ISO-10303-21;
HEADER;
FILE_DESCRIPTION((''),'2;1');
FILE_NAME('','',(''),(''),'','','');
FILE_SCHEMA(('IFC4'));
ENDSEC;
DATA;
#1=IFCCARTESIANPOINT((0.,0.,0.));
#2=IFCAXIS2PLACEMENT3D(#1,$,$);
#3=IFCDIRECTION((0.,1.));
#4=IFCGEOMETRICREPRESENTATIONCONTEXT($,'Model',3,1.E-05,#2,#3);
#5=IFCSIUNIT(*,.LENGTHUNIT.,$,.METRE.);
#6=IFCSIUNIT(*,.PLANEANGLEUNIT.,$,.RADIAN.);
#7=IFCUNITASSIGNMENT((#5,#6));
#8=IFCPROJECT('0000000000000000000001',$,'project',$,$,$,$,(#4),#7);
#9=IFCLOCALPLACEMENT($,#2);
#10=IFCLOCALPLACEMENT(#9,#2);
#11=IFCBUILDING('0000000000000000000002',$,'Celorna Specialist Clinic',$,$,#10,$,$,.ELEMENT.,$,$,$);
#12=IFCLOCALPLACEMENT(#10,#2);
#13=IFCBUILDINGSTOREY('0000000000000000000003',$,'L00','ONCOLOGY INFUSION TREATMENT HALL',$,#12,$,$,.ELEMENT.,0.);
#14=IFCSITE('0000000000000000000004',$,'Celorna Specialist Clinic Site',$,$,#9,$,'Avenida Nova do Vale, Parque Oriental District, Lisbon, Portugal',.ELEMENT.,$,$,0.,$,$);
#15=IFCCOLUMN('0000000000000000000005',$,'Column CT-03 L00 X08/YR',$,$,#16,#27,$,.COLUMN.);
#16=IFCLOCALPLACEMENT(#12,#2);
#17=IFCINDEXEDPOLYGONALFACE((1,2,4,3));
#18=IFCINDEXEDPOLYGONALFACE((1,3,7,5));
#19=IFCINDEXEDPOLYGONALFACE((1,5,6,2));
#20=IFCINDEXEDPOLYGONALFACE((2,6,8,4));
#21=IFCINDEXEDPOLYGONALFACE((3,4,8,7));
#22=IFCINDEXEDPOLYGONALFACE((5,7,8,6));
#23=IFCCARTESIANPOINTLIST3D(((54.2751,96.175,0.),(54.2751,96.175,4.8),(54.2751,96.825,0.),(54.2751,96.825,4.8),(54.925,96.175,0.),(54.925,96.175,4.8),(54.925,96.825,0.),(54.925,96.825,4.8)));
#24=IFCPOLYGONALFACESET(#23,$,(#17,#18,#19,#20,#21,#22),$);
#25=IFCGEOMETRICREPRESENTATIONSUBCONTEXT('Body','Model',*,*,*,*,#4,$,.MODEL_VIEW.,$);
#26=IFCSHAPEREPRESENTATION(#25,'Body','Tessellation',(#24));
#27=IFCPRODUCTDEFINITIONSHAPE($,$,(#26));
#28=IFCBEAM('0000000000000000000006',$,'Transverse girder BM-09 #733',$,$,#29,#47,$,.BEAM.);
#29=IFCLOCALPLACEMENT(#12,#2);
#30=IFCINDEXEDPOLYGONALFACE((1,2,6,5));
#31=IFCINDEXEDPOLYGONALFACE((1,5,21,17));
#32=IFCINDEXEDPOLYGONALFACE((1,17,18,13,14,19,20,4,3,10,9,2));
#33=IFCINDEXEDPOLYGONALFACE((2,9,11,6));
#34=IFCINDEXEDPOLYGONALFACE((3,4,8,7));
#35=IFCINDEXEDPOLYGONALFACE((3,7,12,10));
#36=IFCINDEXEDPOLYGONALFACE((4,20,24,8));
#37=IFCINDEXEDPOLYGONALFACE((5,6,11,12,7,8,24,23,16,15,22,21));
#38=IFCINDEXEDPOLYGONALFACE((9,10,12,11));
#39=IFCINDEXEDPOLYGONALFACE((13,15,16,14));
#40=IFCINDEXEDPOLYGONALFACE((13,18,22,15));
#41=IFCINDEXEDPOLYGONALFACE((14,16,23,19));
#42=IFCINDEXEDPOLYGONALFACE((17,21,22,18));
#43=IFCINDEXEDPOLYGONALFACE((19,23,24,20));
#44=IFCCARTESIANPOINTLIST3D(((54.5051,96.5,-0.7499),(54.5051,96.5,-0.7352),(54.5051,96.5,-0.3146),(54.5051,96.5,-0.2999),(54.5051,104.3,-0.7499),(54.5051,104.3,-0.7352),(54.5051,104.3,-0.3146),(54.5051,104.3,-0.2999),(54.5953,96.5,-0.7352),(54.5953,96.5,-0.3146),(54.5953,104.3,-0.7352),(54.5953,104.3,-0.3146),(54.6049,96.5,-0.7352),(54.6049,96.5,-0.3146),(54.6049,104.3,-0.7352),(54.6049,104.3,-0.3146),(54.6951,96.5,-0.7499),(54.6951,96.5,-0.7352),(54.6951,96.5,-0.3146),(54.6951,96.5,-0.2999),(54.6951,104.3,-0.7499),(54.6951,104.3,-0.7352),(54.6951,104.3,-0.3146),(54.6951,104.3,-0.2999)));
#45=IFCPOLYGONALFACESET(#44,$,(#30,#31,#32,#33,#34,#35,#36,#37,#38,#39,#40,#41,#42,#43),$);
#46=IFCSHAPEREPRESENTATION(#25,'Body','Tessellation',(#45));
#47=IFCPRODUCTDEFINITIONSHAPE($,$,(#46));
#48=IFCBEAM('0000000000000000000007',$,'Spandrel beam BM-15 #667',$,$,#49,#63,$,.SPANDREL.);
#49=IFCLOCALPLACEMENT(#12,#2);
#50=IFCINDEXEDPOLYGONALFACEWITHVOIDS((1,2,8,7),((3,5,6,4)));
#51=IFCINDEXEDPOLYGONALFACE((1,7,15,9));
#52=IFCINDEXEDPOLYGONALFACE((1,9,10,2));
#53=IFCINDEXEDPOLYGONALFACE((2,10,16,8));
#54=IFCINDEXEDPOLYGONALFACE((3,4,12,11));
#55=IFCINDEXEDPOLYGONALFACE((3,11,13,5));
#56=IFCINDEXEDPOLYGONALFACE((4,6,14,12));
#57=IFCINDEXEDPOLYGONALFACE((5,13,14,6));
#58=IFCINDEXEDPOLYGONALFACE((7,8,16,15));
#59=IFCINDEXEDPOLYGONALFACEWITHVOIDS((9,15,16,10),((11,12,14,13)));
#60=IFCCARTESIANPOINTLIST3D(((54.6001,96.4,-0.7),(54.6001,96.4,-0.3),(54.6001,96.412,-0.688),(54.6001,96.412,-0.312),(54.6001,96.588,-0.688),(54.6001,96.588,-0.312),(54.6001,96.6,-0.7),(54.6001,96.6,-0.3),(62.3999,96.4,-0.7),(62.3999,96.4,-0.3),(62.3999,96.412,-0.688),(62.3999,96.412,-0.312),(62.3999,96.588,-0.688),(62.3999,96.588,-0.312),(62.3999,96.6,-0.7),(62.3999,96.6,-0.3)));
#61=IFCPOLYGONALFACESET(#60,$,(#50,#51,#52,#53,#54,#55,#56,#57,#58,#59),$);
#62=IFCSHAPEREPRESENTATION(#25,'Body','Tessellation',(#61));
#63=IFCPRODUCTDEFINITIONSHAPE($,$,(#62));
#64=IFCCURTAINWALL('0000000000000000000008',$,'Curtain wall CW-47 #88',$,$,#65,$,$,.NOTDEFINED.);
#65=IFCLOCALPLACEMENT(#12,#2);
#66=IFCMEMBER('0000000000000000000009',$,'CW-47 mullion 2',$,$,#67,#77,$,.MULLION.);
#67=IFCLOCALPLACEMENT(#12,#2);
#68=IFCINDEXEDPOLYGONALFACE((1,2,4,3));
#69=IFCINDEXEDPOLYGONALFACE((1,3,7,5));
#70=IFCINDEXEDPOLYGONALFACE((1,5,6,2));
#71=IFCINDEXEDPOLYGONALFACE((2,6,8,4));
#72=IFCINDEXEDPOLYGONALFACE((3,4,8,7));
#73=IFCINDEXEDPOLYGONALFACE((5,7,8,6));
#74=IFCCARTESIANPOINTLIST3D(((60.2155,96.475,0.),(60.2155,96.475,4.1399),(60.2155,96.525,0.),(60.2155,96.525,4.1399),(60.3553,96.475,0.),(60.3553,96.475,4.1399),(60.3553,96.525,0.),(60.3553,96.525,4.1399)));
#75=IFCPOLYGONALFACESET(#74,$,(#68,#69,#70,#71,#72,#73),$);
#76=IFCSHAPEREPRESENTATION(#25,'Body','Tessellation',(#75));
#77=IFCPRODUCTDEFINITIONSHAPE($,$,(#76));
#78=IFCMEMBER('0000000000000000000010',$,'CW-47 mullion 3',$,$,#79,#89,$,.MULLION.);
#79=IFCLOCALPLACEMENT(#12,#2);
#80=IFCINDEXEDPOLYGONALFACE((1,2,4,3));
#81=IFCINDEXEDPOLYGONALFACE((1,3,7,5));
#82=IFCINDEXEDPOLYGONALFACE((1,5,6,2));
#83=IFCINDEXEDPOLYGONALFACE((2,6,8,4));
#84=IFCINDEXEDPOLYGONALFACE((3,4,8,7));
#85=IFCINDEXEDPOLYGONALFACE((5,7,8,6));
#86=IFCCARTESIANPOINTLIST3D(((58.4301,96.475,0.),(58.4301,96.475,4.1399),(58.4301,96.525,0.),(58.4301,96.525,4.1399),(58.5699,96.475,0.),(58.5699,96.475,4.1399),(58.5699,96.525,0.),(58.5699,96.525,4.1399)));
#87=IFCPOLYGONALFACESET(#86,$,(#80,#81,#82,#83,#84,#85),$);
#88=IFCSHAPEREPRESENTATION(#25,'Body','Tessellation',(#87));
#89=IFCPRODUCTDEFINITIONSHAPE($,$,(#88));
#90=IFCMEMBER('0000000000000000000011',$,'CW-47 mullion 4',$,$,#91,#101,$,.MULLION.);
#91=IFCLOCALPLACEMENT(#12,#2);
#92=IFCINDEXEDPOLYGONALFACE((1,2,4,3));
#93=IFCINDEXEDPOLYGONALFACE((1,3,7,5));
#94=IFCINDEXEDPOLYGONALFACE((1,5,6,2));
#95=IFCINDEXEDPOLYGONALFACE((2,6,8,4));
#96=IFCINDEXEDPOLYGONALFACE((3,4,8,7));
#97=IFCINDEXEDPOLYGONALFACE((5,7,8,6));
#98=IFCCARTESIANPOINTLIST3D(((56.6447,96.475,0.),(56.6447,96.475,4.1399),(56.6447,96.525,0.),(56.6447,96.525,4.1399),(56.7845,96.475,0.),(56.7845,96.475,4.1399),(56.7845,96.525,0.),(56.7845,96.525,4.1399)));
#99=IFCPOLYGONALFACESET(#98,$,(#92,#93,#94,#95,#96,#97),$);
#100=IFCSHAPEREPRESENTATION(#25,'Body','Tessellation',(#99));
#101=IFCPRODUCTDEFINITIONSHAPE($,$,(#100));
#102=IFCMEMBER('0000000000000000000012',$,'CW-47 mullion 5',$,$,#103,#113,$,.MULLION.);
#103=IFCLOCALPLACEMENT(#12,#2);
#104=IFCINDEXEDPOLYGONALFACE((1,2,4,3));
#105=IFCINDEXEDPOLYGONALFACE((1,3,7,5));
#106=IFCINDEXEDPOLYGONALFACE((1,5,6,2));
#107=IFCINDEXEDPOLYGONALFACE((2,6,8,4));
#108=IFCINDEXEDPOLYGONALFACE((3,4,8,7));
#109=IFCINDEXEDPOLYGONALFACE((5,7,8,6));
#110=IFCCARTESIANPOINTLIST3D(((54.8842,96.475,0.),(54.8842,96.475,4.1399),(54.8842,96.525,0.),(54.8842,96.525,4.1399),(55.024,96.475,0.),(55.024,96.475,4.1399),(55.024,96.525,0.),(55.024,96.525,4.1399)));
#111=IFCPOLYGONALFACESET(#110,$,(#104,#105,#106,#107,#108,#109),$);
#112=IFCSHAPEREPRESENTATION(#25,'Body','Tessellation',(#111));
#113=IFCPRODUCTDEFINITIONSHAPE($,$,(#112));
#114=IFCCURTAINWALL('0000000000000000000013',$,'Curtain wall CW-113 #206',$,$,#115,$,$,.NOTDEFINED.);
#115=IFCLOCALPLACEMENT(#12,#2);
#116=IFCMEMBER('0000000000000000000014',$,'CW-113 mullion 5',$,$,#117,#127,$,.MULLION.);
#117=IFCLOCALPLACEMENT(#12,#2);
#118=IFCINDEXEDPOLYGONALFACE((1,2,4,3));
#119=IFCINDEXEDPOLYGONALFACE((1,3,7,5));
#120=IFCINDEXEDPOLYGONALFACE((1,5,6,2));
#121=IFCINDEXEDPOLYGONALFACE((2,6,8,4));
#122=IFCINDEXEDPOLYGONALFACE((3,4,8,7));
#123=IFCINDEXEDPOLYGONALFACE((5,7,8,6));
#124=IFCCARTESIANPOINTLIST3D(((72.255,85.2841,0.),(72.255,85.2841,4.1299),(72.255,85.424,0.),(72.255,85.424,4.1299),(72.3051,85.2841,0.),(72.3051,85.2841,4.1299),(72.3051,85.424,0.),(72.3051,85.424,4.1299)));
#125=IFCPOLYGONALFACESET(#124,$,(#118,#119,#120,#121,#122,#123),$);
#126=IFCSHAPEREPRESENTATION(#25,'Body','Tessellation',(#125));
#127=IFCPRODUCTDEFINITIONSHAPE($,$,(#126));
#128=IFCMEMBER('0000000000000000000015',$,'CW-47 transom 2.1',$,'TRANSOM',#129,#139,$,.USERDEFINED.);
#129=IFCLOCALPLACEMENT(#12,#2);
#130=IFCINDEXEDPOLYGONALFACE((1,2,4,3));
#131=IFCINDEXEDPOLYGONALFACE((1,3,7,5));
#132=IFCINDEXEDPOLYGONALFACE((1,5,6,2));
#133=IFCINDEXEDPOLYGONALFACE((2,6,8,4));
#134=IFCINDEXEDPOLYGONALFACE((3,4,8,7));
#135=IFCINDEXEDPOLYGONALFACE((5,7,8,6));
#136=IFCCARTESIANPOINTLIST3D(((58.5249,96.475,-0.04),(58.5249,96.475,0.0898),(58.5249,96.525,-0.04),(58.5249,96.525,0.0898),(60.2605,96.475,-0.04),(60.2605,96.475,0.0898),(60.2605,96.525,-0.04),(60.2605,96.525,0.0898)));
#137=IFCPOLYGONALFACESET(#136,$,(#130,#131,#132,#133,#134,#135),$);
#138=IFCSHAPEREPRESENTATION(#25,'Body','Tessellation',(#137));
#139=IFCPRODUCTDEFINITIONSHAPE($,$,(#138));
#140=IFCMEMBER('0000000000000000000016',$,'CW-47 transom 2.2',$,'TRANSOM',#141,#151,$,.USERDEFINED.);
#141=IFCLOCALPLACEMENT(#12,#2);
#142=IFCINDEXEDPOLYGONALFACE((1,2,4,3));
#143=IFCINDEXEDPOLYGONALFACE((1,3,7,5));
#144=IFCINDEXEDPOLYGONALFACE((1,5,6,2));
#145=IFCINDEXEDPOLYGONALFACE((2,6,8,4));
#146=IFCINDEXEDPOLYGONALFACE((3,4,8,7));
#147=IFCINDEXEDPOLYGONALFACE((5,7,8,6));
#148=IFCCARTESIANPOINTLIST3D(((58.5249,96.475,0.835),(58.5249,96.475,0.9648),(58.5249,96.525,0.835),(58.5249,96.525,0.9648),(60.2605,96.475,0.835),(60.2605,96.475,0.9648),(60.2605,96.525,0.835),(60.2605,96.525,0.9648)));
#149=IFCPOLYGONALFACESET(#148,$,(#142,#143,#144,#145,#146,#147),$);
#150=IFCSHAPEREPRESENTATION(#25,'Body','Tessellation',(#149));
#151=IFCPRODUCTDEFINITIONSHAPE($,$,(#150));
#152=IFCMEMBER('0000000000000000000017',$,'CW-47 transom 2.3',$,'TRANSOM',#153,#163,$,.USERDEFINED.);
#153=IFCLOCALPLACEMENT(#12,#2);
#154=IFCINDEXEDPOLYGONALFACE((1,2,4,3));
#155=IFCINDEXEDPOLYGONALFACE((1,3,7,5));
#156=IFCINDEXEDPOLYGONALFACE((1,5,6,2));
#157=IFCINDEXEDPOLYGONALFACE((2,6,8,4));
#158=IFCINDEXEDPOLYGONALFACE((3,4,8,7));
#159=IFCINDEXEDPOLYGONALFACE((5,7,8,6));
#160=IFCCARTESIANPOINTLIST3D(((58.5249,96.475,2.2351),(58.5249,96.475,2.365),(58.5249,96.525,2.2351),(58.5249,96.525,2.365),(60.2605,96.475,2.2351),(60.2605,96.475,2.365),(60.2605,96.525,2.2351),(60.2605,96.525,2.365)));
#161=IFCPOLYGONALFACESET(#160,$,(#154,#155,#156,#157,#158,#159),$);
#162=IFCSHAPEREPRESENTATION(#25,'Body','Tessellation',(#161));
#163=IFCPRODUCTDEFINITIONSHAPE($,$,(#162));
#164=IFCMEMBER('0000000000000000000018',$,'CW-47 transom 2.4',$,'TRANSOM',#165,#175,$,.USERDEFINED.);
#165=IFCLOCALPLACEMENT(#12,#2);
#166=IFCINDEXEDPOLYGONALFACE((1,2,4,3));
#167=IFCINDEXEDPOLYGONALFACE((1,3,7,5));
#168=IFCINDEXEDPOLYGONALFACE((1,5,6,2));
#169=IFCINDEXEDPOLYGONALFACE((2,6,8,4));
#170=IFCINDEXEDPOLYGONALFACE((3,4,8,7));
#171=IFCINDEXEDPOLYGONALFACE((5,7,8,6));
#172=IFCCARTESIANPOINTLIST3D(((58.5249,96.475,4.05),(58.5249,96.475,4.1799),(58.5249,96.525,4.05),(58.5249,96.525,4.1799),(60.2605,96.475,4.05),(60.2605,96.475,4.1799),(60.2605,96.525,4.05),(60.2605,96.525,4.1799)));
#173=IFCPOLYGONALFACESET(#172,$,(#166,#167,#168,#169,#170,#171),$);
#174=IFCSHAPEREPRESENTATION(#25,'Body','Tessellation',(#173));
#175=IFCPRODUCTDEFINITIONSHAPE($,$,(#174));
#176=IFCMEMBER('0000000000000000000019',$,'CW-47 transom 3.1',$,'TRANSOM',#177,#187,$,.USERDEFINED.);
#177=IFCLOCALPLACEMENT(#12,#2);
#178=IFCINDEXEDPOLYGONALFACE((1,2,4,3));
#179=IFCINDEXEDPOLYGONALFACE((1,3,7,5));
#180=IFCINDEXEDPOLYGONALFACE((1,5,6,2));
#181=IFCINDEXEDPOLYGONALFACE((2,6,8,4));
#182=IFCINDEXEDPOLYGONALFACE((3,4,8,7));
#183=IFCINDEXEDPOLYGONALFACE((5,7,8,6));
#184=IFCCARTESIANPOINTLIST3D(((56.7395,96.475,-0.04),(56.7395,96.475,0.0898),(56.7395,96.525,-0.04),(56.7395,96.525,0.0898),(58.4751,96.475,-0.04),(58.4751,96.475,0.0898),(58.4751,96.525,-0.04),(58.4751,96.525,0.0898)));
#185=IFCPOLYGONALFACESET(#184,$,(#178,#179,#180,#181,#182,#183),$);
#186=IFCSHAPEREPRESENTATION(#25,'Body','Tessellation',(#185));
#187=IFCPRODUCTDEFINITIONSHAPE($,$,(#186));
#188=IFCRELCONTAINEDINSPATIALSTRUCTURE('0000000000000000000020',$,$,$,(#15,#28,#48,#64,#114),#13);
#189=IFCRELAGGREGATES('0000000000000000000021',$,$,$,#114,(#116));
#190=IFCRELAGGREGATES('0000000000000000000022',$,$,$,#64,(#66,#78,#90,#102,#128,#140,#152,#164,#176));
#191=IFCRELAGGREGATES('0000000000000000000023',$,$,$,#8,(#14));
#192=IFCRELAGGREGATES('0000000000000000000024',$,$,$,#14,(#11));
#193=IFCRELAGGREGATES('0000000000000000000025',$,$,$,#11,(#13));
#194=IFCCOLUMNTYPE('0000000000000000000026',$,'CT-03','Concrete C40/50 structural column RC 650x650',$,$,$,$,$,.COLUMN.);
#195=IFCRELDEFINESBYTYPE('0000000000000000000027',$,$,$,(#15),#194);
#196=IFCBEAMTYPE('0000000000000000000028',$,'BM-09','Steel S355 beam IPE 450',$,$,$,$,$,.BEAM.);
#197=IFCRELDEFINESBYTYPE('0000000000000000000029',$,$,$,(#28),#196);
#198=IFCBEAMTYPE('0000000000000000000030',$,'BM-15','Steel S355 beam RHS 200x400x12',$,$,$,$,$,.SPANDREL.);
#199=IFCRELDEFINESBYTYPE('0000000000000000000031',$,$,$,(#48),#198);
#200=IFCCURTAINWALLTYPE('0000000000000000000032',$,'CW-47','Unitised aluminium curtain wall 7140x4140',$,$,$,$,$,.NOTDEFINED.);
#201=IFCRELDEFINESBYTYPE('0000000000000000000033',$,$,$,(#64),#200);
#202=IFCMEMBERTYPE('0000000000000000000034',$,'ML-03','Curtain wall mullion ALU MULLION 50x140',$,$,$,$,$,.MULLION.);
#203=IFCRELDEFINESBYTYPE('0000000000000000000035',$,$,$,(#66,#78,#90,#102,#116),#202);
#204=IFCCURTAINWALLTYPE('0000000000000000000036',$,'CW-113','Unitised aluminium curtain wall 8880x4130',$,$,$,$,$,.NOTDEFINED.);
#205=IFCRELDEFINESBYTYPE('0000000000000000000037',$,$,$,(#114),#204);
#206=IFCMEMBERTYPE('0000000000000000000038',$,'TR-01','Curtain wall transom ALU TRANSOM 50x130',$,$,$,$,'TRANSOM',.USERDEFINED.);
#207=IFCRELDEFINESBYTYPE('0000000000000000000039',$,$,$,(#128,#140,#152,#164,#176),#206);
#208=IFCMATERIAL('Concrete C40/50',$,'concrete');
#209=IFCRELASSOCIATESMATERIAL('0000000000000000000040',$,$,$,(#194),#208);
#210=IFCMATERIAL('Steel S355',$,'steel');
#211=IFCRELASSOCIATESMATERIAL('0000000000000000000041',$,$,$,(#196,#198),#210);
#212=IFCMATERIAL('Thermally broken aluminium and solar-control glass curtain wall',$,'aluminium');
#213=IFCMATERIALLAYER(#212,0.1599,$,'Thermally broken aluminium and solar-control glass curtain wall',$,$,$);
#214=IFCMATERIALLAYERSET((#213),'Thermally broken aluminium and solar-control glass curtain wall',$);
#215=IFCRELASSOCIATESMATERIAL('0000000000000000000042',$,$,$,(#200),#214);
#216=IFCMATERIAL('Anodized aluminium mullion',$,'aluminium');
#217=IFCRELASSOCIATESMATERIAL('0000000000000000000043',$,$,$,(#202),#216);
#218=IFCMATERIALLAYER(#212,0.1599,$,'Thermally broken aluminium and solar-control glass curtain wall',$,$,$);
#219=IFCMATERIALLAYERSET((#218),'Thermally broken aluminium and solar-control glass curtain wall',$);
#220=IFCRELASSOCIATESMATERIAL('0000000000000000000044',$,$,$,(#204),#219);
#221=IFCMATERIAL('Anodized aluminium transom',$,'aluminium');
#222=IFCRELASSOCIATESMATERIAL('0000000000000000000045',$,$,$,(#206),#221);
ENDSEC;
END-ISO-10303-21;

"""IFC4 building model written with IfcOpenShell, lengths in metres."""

from ifc_helpers import new_model, si_unit, direction, frame, origin, origin_2d, place, context, subcontext, project, spatial, rectangle, hollow_rectangle, i_section, extrude, material, layer, layer_set, material_profile, profile_set, type_object, element, aggregate, save


model = new_model("IFC4")

# Units and contexts
model_context = context("Model", 3, precision=1e-05, world=origin(), true_north=direction((0.0, 1.0)))
body_context = subcontext(model_context, "Body", "Model", "MODEL_VIEW")
ifc_project = project(units=[si_unit("LENGTHUNIT", "METRE"), si_unit("PLANEANGLEUNIT", "RADIAN")], contexts=[model_context])

# Site, building, storey
site_placement = place(None, origin())
site = spatial("IfcSite", under=ifc_project, at=site_placement, Name="Celorna Specialist Clinic Site", LongName="Avenida Nova do Vale, Parque Oriental District, Lisbon, Portugal", CompositionType="ELEMENT", RefElevation=0.0)
building_placement = place(site_placement, origin())
building = spatial("IfcBuilding", under=site, at=building_placement, Name="Celorna Specialist Clinic", CompositionType="ELEMENT")
storey_placement = place(building_placement, origin())
storey = spatial("IfcBuildingStorey", under=building, at=storey_placement, Name="L00", Description="ONCOLOGY INFUSION TREATMENT HALL", CompositionType="ELEMENT", Elevation=0.0)

# Column
ifc_material_1 = material(Name="Concrete C40/50", Category="concrete")
ifc_material_profile_1 = material_profile(ifc_material_1, rectangle(XDim=0.6499, YDim=0.6499, at=origin_2d()), Name="RC 650x650")
ifc_profile_set_1 = profile_set([ifc_material_profile_1], Name="Concrete C40/50")
column_type = type_object("IfcColumnType", Name="CT-03", Description="Concrete C40/50 structural column RC 650x650", PredefinedType="COLUMN", material=ifc_profile_set_1)
column_placement = place(storey_placement, frame((54.6001, 96.5, 0.0), z_axis=(0.0, 0.0, 1.0), x_axis=(1.0, 0.0, 0.0)))
element("IfcColumn", 1, at=column_placement, inside=storey, type_object=column_type, Name="Column CT-03 L00 X08/YR", PredefinedType="COLUMN", context=body_context, shape_type="SweptSolid", body=[
    extrude(rectangle(XDim=0.6499, YDim=0.6499, at=origin_2d()), origin(), (0.0, 0.0, 1.0), 4.8),
])

# Beams
ifc_material_2 = material(Name="Steel S355", Category="steel")
ifc_material_profile_2 = material_profile(ifc_material_2, i_section(OverallWidth=0.1899, OverallDepth=0.45, WebThickness=0.0095, FlangeThickness=0.0146, at=origin_2d()), Name="IPE 450")
ifc_profile_set_2 = profile_set([ifc_material_profile_2], Name="Steel S355")
beam_type_1 = type_object("IfcBeamType", Name="BM-09", Description="Steel S355 beam IPE 450", PredefinedType="BEAM", material=ifc_profile_set_2)
beam_1_placement = place(storey_placement, frame((54.6001, 96.5, -0.5249), z_axis=(0.0, 1.0, 0.0), x_axis=(-1.0, 0.0, 0.0)))
element("IfcBeam", 2, at=beam_1_placement, inside=storey, type_object=beam_type_1, Name="Transverse girder BM-09 #733", PredefinedType="BEAM", context=body_context, shape_type="SweptSolid", body=[
    extrude(i_section(OverallWidth=0.1899, OverallDepth=0.45, WebThickness=0.0095, FlangeThickness=0.0146, at=origin_2d()), origin(), (0.0, 0.0, 1.0), 7.8),
])
ifc_material_profile_3 = material_profile(ifc_material_2, hollow_rectangle(XDim=0.2, YDim=0.3999, WallThickness=0.012, at=origin_2d()), Name="RHS 200x400x12")
ifc_profile_set_3 = profile_set([ifc_material_profile_3], Name="Steel S355")
beam_type_2 = type_object("IfcBeamType", Name="BM-15", Description="Steel S355 beam RHS 200x400x12", PredefinedType="SPANDREL", material=ifc_profile_set_3)
beam_2_placement = place(storey_placement, frame((54.6001, 96.5, -0.5), z_axis=(1.0, 0.0, 0.0), x_axis=(0.0, 1.0, 0.0)))
element("IfcBeam", 3, at=beam_2_placement, inside=storey, type_object=beam_type_2, Name="Spandrel beam BM-15 #667", PredefinedType="SPANDREL", context=body_context, shape_type="SweptSolid", body=[
    extrude(hollow_rectangle(XDim=0.2, YDim=0.3999, WallThickness=0.012, at=origin_2d()), origin(), (0.0, 0.0, 1.0), 7.7998),
])

# Curtain wall, members
ifc_material_3 = material(Name="Thermally broken aluminium and solar-control glass curtain wall", Category="aluminium")
ifc_layer_1 = layer(ifc_material_3, 0.1599, Name="Thermally broken aluminium and solar-control glass curtain wall")
ifc_layer_set_1 = layer_set([ifc_layer_1], Name="Thermally broken aluminium and solar-control glass curtain wall")
curtain_wall_type_1 = type_object("IfcCurtainWallType", Name="CW-47", Description="Unitised aluminium curtain wall 7140x4140", PredefinedType="NOTDEFINED", material=ifc_layer_set_1)
curtain_wall_1_placement = place(storey_placement, origin())
curtain_wall_1 = element("IfcCurtainWall", 4, at=curtain_wall_1_placement, inside=storey, type_object=curtain_wall_type_1, Name="Curtain wall CW-47 #88", PredefinedType="NOTDEFINED")
ifc_material_4 = material(Name="Anodized aluminium mullion", Category="aluminium")
ifc_material_profile_4 = material_profile(ifc_material_4, rectangle(XDim=0.05, YDim=0.1399, at=origin_2d()), Name="ALU MULLION 50x140")
ifc_profile_set_4 = profile_set([ifc_material_profile_4], Name="Anodized aluminium mullion")
member_type_1 = type_object("IfcMemberType", Name="ML-03", Description="Curtain wall mullion ALU MULLION 50x140", PredefinedType="MULLION", material=ifc_profile_set_4)
member_1_placement = place(storey_placement, frame((60.2854, 96.5, 0.0), z_axis=(0.0, 0.0, 1.0), x_axis=(0.0, -1.0, 0.0)))
member_1 = element("IfcMember", 5, at=member_1_placement, type_object=member_type_1, Name="CW-47 mullion 2", PredefinedType="MULLION", context=body_context, shape_type="SweptSolid", body=[
    extrude(rectangle(XDim=0.05, YDim=0.1399, at=origin_2d()), origin(), (0.0, 0.0, 1.0), 4.1399),
])
member_2_placement = place(storey_placement, frame((58.5, 96.5, 0.0), z_axis=(0.0, 0.0, 1.0), x_axis=(0.0, -1.0, 0.0)))
member_2 = element("IfcMember", 6, at=member_2_placement, type_object=member_type_1, Name="CW-47 mullion 3", PredefinedType="MULLION", context=body_context, shape_type="SweptSolid", body=[
    extrude(rectangle(XDim=0.05, YDim=0.1399, at=origin_2d()), origin(), (0.0, 0.0, 1.0), 4.1399),
])
member_3_placement = place(storey_placement, frame((56.7146, 96.5, 0.0), z_axis=(0.0, 0.0, 1.0), x_axis=(0.0, -1.0, 0.0)))
member_3 = element("IfcMember", 7, at=member_3_placement, type_object=member_type_1, Name="CW-47 mullion 4", PredefinedType="MULLION", context=body_context, shape_type="SweptSolid", body=[
    extrude(rectangle(XDim=0.05, YDim=0.1399, at=origin_2d()), origin(), (0.0, 0.0, 1.0), 4.1399),
])
member_4_placement = place(storey_placement, frame((54.9541, 96.5, 0.0), z_axis=(0.0, 0.0, 1.0), x_axis=(0.0, -1.0, 0.0)))
member_4 = element("IfcMember", 8, at=member_4_placement, type_object=member_type_1, Name="CW-47 mullion 5", PredefinedType="MULLION", context=body_context, shape_type="SweptSolid", body=[
    extrude(rectangle(XDim=0.05, YDim=0.1399, at=origin_2d()), origin(), (0.0, 0.0, 1.0), 4.1399),
])

# Curtain wall, member
ifc_layer_2 = layer(ifc_material_3, 0.1599, Name="Thermally broken aluminium and solar-control glass curtain wall")
ifc_layer_set_2 = layer_set([ifc_layer_2], Name="Thermally broken aluminium and solar-control glass curtain wall")
curtain_wall_type_2 = type_object("IfcCurtainWallType", Name="CW-113", Description="Unitised aluminium curtain wall 8880x4130", PredefinedType="NOTDEFINED", material=ifc_layer_set_2)
curtain_wall_2_placement = place(storey_placement, origin())
curtain_wall_2 = element("IfcCurtainWall", 9, at=curtain_wall_2_placement, inside=storey, type_object=curtain_wall_type_2, Name="Curtain wall CW-113 #206", PredefinedType="NOTDEFINED")
member_5_placement = place(storey_placement, frame((72.28, 85.354, 0.0), z_axis=(0.0, 0.0, 1.0), x_axis=(-1.0, 0.0, 0.0)))
member_5 = element("IfcMember", 10, at=member_5_placement, type_object=member_type_1, Name="CW-113 mullion 5", PredefinedType="MULLION", context=body_context, shape_type="SweptSolid", body=[
    extrude(rectangle(XDim=0.05, YDim=0.1399, at=origin_2d()), origin(), (0.0, 0.0, 1.0), 4.1299),
])

# Members
ifc_material_5 = material(Name="Anodized aluminium transom", Category="aluminium")
ifc_material_profile_5 = material_profile(ifc_material_5, rectangle(XDim=0.05, YDim=0.1299, at=origin_2d()), Name="ALU TRANSOM 50x130")
ifc_profile_set_5 = profile_set([ifc_material_profile_5], Name="Anodized aluminium transom")
member_type_2 = type_object("IfcMemberType", Name="TR-01", Description="Curtain wall transom ALU TRANSOM 50x130", ElementType="TRANSOM", PredefinedType="USERDEFINED", material=ifc_profile_set_5)
member_6_placement = place(storey_placement, frame((60.2605, 96.5, 0.0249), z_axis=(-1.0, 0.0, 0.0), x_axis=(0.0, -1.0, 0.0)))
member_6 = element("IfcMember", 11, at=member_6_placement, type_object=member_type_2, Name="CW-47 transom 2.1", ObjectType="TRANSOM", PredefinedType="USERDEFINED", context=body_context, shape_type="SweptSolid", body=[
    extrude(rectangle(XDim=0.05, YDim=0.1299, at=origin_2d()), origin(), (0.0, 0.0, 1.0), 1.7356),
])
member_7_placement = place(storey_placement, frame((60.2605, 96.5, 0.8999), z_axis=(-1.0, 0.0, 0.0), x_axis=(0.0, -1.0, 0.0)))
member_7 = element("IfcMember", 12, at=member_7_placement, type_object=member_type_2, Name="CW-47 transom 2.2", ObjectType="TRANSOM", PredefinedType="USERDEFINED", context=body_context, shape_type="SweptSolid", body=[
    extrude(rectangle(XDim=0.05, YDim=0.1299, at=origin_2d()), origin(), (0.0, 0.0, 1.0), 1.7356),
])
member_8_placement = place(storey_placement, frame((60.2605, 96.5, 2.3), z_axis=(-1.0, 0.0, 0.0), x_axis=(0.0, -1.0, 0.0)))
member_8 = element("IfcMember", 13, at=member_8_placement, type_object=member_type_2, Name="CW-47 transom 2.3", ObjectType="TRANSOM", PredefinedType="USERDEFINED", context=body_context, shape_type="SweptSolid", body=[
    extrude(rectangle(XDim=0.05, YDim=0.1299, at=origin_2d()), origin(), (0.0, 0.0, 1.0), 1.7356),
])
member_9_placement = place(storey_placement, frame((60.2605, 96.5, 4.115), z_axis=(-1.0, 0.0, 0.0), x_axis=(0.0, -1.0, 0.0)))
member_9 = element("IfcMember", 14, at=member_9_placement, type_object=member_type_2, Name="CW-47 transom 2.4", ObjectType="TRANSOM", PredefinedType="USERDEFINED", context=body_context, shape_type="SweptSolid", body=[
    extrude(rectangle(XDim=0.05, YDim=0.1299, at=origin_2d()), origin(), (0.0, 0.0, 1.0), 1.7356),
])
member_10_placement = place(storey_placement, frame((58.4751, 96.5, 0.0249), z_axis=(-1.0, 0.0, 0.0), x_axis=(0.0, -1.0, 0.0)))
member_10 = element("IfcMember", 15, at=member_10_placement, type_object=member_type_2, Name="CW-47 transom 3.1", ObjectType="TRANSOM", PredefinedType="USERDEFINED", context=body_context, shape_type="SweptSolid", body=[
    extrude(rectangle(XDim=0.05, YDim=0.1299, at=origin_2d()), origin(), (0.0, 0.0, 1.0), 1.7356),
])
aggregate(curtain_wall_2, [member_5])

aggregate(curtain_wall_1, [member_1, member_2, member_3, member_4, member_6, member_7, member_8, member_9, member_10])

save(model, "model.ifc")
